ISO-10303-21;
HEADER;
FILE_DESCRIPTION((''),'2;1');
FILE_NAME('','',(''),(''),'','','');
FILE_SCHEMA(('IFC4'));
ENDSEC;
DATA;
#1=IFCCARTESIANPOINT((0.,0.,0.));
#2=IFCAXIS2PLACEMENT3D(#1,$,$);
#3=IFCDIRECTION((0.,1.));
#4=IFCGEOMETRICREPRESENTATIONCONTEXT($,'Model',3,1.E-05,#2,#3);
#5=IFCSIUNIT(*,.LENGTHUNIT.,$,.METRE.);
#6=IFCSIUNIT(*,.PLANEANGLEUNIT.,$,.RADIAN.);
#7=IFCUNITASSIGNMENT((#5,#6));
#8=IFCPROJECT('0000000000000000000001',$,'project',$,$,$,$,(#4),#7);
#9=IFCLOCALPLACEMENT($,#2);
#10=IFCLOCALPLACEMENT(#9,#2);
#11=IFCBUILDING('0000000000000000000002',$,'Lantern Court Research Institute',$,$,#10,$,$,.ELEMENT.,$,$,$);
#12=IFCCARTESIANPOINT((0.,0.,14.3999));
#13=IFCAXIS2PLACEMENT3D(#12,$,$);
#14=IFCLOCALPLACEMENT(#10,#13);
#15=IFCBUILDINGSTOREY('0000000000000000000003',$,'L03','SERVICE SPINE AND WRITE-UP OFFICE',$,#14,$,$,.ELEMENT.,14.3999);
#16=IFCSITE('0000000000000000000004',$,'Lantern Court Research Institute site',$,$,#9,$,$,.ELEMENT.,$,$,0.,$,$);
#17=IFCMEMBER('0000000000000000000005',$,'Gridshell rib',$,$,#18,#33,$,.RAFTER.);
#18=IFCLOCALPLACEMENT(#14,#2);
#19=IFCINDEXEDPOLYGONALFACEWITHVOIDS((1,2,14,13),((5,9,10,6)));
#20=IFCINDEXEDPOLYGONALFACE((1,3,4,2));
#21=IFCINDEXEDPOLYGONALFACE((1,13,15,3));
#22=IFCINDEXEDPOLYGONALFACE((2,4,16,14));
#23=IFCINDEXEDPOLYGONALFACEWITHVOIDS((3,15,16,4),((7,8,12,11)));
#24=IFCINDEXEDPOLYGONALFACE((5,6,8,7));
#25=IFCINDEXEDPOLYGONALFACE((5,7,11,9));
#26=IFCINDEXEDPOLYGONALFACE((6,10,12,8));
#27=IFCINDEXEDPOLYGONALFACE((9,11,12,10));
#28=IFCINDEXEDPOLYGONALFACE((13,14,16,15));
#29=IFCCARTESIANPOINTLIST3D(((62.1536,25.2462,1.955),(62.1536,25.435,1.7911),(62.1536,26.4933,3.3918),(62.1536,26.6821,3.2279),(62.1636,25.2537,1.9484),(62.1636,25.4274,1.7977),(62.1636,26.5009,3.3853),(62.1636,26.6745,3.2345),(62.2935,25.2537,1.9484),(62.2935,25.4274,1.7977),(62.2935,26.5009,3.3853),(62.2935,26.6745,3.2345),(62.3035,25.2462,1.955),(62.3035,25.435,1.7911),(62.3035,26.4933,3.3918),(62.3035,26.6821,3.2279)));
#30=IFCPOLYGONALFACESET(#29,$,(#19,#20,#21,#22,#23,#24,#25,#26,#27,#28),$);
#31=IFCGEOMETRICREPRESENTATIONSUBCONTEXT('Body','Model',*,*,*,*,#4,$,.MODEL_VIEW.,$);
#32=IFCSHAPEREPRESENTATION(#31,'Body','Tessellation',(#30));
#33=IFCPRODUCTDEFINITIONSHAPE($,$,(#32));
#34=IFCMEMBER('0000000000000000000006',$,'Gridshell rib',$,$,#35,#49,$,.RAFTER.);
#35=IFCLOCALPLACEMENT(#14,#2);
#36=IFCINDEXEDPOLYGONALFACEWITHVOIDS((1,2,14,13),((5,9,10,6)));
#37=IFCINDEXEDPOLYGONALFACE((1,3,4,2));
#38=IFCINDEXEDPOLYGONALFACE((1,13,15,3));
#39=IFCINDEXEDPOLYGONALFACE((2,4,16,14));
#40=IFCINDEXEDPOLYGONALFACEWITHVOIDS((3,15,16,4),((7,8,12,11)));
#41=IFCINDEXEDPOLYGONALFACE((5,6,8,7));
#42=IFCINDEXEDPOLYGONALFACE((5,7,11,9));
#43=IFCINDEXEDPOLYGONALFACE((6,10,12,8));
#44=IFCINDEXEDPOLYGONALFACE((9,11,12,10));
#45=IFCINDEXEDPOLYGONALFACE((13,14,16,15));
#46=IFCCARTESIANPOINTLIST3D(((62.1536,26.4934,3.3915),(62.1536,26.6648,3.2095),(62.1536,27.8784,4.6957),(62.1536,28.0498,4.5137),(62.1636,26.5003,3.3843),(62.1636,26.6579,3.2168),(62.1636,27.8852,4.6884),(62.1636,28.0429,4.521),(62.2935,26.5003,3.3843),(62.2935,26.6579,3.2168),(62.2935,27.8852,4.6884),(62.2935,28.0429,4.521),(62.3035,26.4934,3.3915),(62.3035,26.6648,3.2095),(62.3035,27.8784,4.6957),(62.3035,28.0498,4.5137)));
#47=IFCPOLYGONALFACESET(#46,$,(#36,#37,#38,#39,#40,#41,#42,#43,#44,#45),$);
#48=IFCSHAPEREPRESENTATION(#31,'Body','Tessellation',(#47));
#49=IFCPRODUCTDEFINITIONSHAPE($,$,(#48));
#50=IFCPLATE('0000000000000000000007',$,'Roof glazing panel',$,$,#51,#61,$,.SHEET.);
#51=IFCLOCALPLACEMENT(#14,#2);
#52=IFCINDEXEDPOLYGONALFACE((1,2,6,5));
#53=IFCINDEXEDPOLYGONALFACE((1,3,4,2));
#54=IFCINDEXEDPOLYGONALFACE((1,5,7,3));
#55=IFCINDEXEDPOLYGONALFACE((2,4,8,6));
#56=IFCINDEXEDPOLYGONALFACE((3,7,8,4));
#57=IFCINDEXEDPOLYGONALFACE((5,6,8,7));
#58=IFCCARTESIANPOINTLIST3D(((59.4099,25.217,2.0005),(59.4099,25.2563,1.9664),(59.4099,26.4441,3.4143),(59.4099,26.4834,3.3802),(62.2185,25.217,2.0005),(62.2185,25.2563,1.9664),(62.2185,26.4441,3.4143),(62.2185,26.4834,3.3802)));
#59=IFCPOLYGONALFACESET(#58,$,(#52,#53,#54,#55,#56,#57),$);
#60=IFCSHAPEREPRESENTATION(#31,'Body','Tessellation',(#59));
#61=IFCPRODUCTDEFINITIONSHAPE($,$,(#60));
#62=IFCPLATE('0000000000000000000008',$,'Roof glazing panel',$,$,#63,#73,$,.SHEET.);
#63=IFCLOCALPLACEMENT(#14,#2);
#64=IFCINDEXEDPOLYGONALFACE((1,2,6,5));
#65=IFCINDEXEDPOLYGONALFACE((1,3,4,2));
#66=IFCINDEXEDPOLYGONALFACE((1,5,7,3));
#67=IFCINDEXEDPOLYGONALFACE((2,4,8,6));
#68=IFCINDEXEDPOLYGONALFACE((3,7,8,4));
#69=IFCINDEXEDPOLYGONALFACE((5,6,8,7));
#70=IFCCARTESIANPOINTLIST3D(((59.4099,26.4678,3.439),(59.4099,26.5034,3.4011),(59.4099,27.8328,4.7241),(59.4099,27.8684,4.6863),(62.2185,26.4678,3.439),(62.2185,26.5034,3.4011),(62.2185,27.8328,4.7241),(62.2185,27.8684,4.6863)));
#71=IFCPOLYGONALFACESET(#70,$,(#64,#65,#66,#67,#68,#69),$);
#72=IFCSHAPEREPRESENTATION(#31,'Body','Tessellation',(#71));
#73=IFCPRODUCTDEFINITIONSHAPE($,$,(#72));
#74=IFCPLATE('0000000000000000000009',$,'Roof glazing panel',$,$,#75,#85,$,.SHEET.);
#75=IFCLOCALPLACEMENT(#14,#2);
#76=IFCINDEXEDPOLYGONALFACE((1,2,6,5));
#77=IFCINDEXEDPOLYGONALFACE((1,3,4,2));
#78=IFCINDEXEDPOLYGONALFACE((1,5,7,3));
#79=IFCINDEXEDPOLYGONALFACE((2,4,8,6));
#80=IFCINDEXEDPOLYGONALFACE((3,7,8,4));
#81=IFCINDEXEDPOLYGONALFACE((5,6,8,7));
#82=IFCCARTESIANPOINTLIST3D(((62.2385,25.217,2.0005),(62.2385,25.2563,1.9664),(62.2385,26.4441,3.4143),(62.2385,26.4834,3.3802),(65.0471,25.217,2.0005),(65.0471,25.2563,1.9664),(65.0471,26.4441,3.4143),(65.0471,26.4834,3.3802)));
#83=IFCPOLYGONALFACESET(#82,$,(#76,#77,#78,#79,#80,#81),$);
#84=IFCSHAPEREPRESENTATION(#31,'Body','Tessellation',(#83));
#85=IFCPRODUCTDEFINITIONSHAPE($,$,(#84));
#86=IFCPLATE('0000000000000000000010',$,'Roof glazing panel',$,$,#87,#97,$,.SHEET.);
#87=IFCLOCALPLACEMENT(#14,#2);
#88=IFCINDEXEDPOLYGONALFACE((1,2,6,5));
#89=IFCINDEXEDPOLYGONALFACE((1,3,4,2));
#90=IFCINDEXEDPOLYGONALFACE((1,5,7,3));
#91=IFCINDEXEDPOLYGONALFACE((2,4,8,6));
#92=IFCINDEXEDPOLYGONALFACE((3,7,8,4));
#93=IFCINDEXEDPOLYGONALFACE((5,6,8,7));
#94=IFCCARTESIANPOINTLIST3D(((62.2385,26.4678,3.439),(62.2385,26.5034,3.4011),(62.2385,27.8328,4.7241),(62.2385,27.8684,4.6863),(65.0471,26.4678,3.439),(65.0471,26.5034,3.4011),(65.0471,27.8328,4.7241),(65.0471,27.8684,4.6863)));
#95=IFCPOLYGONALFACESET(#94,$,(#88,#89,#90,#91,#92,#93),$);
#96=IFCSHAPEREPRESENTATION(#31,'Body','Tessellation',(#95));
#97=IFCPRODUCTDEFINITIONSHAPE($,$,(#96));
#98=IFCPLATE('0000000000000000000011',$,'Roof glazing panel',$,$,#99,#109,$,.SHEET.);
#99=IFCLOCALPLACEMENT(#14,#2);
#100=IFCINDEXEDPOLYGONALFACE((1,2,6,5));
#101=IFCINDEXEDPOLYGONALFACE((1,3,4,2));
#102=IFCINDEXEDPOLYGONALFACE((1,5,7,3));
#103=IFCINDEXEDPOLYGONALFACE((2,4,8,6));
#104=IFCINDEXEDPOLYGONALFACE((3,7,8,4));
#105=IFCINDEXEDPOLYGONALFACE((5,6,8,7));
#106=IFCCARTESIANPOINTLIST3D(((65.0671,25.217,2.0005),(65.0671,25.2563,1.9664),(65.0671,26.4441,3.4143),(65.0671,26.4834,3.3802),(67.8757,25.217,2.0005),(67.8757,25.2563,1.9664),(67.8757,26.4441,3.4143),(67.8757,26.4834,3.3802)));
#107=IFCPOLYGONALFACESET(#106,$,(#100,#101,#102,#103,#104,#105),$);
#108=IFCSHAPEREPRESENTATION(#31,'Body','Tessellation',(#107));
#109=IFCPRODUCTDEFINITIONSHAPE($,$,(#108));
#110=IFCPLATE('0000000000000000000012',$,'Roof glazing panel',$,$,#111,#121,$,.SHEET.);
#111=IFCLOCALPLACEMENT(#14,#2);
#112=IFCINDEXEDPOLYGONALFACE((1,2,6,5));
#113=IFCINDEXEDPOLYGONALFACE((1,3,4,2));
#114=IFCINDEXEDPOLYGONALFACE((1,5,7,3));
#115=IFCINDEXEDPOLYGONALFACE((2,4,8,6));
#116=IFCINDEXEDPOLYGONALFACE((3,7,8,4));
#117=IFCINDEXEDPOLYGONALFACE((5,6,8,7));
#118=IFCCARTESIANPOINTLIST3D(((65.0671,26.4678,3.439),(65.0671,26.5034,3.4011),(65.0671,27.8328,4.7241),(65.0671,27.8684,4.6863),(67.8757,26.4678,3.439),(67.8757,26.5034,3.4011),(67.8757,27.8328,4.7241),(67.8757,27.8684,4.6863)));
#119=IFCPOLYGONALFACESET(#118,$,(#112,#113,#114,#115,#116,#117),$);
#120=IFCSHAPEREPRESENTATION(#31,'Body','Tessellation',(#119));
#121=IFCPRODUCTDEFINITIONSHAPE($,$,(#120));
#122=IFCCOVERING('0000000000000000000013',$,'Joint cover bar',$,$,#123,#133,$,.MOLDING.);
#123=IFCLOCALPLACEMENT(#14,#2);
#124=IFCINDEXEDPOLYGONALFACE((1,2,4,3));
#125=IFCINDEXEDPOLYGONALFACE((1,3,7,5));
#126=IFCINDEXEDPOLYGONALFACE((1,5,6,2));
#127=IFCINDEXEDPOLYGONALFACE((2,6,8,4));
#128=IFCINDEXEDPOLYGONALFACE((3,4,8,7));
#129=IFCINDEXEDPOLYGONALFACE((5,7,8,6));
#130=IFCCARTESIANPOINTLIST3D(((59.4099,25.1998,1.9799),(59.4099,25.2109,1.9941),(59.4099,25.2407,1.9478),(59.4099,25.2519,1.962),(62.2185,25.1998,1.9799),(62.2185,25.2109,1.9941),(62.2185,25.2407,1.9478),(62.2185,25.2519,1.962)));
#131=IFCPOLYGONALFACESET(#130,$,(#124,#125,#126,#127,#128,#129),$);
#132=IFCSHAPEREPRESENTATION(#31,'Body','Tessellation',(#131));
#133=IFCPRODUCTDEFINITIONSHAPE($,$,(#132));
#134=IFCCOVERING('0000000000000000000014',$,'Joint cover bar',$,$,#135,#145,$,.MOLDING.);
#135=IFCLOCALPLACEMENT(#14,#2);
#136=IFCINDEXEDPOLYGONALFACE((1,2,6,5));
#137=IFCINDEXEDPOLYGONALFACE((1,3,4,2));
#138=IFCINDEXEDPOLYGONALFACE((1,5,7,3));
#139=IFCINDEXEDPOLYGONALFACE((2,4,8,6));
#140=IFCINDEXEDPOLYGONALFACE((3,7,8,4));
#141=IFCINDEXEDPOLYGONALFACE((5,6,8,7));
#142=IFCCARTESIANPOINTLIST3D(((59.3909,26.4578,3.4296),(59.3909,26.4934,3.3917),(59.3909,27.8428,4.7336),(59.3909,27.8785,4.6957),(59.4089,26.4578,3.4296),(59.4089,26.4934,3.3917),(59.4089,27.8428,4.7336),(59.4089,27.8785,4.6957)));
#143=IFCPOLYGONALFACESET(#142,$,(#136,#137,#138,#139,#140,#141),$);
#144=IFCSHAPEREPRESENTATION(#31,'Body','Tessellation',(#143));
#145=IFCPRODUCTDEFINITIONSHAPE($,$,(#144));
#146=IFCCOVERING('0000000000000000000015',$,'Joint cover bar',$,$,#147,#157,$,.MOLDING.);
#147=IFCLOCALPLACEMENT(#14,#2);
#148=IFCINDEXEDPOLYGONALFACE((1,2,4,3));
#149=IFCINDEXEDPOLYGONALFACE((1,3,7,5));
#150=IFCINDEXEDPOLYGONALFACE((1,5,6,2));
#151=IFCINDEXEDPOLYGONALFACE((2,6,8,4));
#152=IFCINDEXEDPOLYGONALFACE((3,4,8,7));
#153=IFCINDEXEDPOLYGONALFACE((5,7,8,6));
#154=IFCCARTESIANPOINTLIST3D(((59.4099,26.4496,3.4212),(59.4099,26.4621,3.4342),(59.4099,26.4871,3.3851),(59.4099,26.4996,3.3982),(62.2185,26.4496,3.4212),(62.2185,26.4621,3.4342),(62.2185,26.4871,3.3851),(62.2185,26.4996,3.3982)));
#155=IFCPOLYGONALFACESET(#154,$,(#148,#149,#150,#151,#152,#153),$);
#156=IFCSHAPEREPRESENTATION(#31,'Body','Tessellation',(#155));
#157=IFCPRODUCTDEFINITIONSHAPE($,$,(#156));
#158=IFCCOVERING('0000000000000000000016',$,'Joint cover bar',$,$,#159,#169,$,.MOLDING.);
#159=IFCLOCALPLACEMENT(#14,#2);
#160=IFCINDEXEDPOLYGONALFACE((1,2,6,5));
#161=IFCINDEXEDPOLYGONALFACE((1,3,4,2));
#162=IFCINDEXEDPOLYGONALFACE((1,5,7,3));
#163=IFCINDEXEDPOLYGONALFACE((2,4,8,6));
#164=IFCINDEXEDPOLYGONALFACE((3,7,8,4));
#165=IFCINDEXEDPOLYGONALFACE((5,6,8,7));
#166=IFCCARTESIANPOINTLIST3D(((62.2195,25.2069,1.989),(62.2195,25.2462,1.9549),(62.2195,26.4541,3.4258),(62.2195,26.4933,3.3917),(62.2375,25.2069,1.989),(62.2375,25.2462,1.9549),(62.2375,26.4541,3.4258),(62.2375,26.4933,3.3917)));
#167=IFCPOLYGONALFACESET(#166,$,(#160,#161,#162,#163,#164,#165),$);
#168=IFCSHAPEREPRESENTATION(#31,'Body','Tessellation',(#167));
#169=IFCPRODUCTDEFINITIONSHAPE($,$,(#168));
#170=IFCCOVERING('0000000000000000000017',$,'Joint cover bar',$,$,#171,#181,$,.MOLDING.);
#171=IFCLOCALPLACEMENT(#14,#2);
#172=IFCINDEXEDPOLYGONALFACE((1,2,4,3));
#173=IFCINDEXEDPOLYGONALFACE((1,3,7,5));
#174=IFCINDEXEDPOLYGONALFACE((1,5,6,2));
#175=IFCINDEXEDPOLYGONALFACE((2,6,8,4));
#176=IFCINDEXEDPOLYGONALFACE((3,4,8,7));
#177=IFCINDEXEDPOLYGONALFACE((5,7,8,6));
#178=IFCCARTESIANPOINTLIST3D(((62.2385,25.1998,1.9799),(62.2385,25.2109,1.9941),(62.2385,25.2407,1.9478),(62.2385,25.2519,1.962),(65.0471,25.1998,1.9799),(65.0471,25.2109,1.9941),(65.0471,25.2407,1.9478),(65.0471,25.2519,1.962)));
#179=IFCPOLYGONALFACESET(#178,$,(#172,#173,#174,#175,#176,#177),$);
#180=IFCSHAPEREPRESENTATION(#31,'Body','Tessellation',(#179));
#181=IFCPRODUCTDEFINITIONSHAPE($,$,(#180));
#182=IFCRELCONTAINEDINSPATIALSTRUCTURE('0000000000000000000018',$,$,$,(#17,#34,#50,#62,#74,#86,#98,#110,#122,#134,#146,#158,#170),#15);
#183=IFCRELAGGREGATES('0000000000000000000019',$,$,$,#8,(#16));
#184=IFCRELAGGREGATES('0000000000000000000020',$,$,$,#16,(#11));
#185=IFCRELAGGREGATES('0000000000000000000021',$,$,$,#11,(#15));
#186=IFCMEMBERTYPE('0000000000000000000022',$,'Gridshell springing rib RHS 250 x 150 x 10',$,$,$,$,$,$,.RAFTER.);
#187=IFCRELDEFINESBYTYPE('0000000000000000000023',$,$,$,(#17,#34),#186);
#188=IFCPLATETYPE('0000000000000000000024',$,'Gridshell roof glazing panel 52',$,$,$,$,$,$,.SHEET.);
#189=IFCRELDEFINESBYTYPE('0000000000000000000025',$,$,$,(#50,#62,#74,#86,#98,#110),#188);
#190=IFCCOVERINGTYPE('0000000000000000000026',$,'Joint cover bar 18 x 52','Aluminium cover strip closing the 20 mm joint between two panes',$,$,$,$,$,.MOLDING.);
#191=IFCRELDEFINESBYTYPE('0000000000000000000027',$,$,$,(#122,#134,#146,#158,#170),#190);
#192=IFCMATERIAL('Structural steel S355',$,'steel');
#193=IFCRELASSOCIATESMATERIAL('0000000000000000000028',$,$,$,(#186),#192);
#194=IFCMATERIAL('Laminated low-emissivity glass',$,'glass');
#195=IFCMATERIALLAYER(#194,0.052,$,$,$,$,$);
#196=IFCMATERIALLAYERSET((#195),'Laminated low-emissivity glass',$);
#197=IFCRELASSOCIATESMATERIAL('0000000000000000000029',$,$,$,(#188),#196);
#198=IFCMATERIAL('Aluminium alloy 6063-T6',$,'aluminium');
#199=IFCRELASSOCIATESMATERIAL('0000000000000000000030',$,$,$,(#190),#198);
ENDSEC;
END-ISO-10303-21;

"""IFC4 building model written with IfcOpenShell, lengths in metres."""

from ifc_helpers import new_model, si_unit, direction, frame, origin, origin_2d, place, context, subcontext, project, spatial, polyline, rectangle, hollow_rectangle, outline, extrude, material, layer, layer_set, material_profile, profile_set, type_object, element, save


model = new_model("IFC4")

# Units and contexts
model_context = context("Model", 3, precision=1e-05, world=origin(), true_north=direction((0.0, 1.0)))
body_context = subcontext(model_context, "Body", "Model", "MODEL_VIEW")
ifc_project = project(units=[si_unit("LENGTHUNIT", "METRE"), si_unit("PLANEANGLEUNIT", "RADIAN")], contexts=[model_context])

# Site, building, storey
site_placement = place(None, origin())
site = spatial("IfcSite", under=ifc_project, at=site_placement, Name="Lantern Court Research Institute site", CompositionType="ELEMENT", RefElevation=0.0)
building_placement = place(site_placement, origin())
building = spatial("IfcBuilding", under=site, at=building_placement, Name="Lantern Court Research Institute", CompositionType="ELEMENT")
storey_placement = place(building_placement, frame((0.0, 0.0, 14.3999)))
storey = spatial("IfcBuildingStorey", under=building, at=storey_placement, Name="L03", Description="SERVICE SPINE AND WRITE-UP OFFICE", CompositionType="ELEMENT", Elevation=14.3999)

# Members
ifc_material_1 = material(Name="Structural steel S355", Category="steel")
ifc_material_profile_1 = material_profile(ifc_material_1, hollow_rectangle(XDim=0.1499, YDim=0.25, WallThickness=0.01, at=origin_2d()), Name="Gridshell springing rib RHS 250 x 150 x 10")
ifc_profile_set_1 = profile_set([ifc_material_profile_1], Name="Structural steel S355")
member_type_1 = type_object("IfcMemberType", Name="Gridshell springing rib RHS 250 x 150 x 10", PredefinedType="RAFTER", material=ifc_profile_set_1)
member_1_placement = place(storey_placement, frame((62.2285, 25.3406, 1.873), z_axis=(0.0, 0.655492, 0.755202), x_axis=(-1.0, 0.0, 0.0)))
element("IfcMember", 1, at=member_1_placement, inside=storey, type_object=member_type_1, Name="Gridshell rib", PredefinedType="RAFTER", context=body_context, shape_type="SweptSolid", body=[
    extrude(hollow_rectangle(XDim=0.1499, YDim=0.25, WallThickness=0.01, at=origin_2d()), origin(), (0.0, 0.0, 1.0), 1.9026),
])
member_2_placement = place(storey_placement, frame((62.2285, 26.5791, 3.3005), z_axis=(0.0, 0.728027, 0.685549), x_axis=(-1.0, 0.0, 0.0)))
element("IfcMember", 2, at=member_2_placement, inside=storey, type_object=member_type_1, Name="Gridshell rib", PredefinedType="RAFTER", context=body_context, shape_type="SweptSolid", body=[
    extrude(hollow_rectangle(XDim=0.1499, YDim=0.25, WallThickness=0.01, at=origin_2d()), origin(), (0.0, 0.0, 1.0), 1.9023),
])

# Plates
ifc_material_2 = material(Name="Laminated low-emissivity glass", Category="glass")
ifc_layer = layer(ifc_material_2, 0.052)
ifc_layer_set = layer_set([ifc_layer], Name="Laminated low-emissivity glass")
plate_type = type_object("IfcPlateType", Name="Gridshell roof glazing panel 52", PredefinedType="SHEET", material=ifc_layer_set)
plate_1_placement = place(storey_placement, frame((62.2185, 25.217, 2.0005), z_axis=(0.0, -0.755228, 0.655462), x_axis=(-1.0, 0.0, 0.0)))
element("IfcPlate", 3, at=plate_1_placement, inside=storey, type_object=plate_type, Name="Roof glazing panel", PredefinedType="SHEET", context=body_context, shape_type="SweptSolid", body=[
    extrude(outline(polyline([(0.0, 0.0), (2.8086, 0.0), (2.8086, -1.872), (0.0, -1.872), (0.0, 0.0)])), origin(), (0.0, 0.0, -1.0), 0.052),
])
plate_2_placement = place(storey_placement, frame((62.2185, 26.4678, 3.439), z_axis=(0.0, -0.685495, 0.728078), x_axis=(-1.0, 0.0, 0.0)))
element("IfcPlate", 4, at=plate_2_placement, inside=storey, type_object=plate_type, Name="Roof glazing panel", PredefinedType="SHEET", context=body_context, shape_type="SweptSolid", body=[
    extrude(outline(polyline([(0.0, 0.0), (2.8086, 0.0), (2.8086, -1.8748), (0.0, -1.8748), (0.0, 0.0)])), origin(), (0.0, 0.0, -1.0), 0.052),
])
plate_3_placement = place(storey_placement, frame((65.0471, 25.217, 2.0005), z_axis=(0.0, -0.755228, 0.655462), x_axis=(-1.0, 0.0, 0.0)))
element("IfcPlate", 5, at=plate_3_placement, inside=storey, type_object=plate_type, Name="Roof glazing panel", PredefinedType="SHEET", context=body_context, shape_type="SweptSolid", body=[
    extrude(outline(polyline([(0.0, 0.0), (2.8086, 0.0), (2.8086, -1.872), (0.0, -1.872), (0.0, 0.0)])), origin(), (0.0, 0.0, -1.0), 0.052),
])
plate_4_placement = place(storey_placement, frame((65.0471, 26.4678, 3.439), z_axis=(0.0, -0.685495, 0.728078), x_axis=(-1.0, 0.0, 0.0)))
element("IfcPlate", 6, at=plate_4_placement, inside=storey, type_object=plate_type, Name="Roof glazing panel", PredefinedType="SHEET", context=body_context, shape_type="SweptSolid", body=[
    extrude(outline(polyline([(0.0, 0.0), (2.8086, 0.0), (2.8086, -1.8748), (0.0, -1.8748), (0.0, 0.0)])), origin(), (0.0, 0.0, -1.0), 0.052),
])
plate_5_placement = place(storey_placement, frame((67.8757, 25.217, 2.0005), z_axis=(0.0, -0.755228, 0.655462), x_axis=(-1.0, 0.0, 0.0)))
element("IfcPlate", 7, at=plate_5_placement, inside=storey, type_object=plate_type, Name="Roof glazing panel", PredefinedType="SHEET", context=body_context, shape_type="SweptSolid", body=[
    extrude(outline(polyline([(0.0, 0.0), (2.8086, 0.0), (2.8086, -1.872), (0.0, -1.872), (0.0, 0.0)])), origin(), (0.0, 0.0, -1.0), 0.052),
])
plate_6_placement = place(storey_placement, frame((67.8757, 26.4678, 3.439), z_axis=(0.0, -0.685495, 0.728078), x_axis=(-1.0, 0.0, 0.0)))
element("IfcPlate", 8, at=plate_6_placement, inside=storey, type_object=plate_type, Name="Roof glazing panel", PredefinedType="SHEET", context=body_context, shape_type="SweptSolid", body=[
    extrude(outline(polyline([(0.0, 0.0), (2.8086, 0.0), (2.8086, -1.8748), (0.0, -1.8748), (0.0, 0.0)])), origin(), (0.0, 0.0, -1.0), 0.052),
])

# Coverings
ifc_material_3 = material(Name="Aluminium alloy 6063-T6", Category="aluminium")
ifc_material_profile_2 = material_profile(ifc_material_3, rectangle(XDim=0.0181, YDim=0.052, at=origin_2d()), Name="Joint cover bar 18 x 52")
ifc_profile_set_2 = profile_set([ifc_material_profile_2], Name="Aluminium alloy 6063-T6")
covering_type = type_object("IfcCoveringType", Name="Joint cover bar 18 x 52", Description="Aluminium cover strip closing the 20 mm joint between two panes", PredefinedType="MOLDING", material=ifc_profile_set_2)
covering_1_placement = place(storey_placement, frame((59.4099, 25.2258, 1.9709), z_axis=(1.0, 0.0, 0.0), x_axis=(0.0, 0.616657, 0.787232)))
element("IfcCovering", 9, at=covering_1_placement, inside=storey, type_object=covering_type, Name="Joint cover bar", PredefinedType="MOLDING", context=body_context, shape_type="SweptSolid", body=[
    extrude(rectangle(XDim=0.0181, YDim=0.052, at=origin_2d()), origin(), (0.0, 0.0, 1.0), 2.8086),
])
covering_2_placement = place(storey_placement, frame((59.3999, 26.4756, 3.4106), z_axis=(0.0, 0.728091, 0.685481), x_axis=(-1.0, 0.0, 0.0)))
element("IfcCovering", 10, at=covering_2_placement, inside=storey, type_object=covering_type, Name="Joint cover bar", PredefinedType="MOLDING", context=body_context, shape_type="SweptSolid", body=[
    extrude(rectangle(XDim=0.0181, YDim=0.052, at=origin_2d()), origin(), (0.0, 0.0, 1.0), 1.9023),
])
covering_3_placement = place(storey_placement, frame((59.4099, 26.4746, 3.4097), z_axis=(1.0, 0.0, 0.0), x_axis=(0.0, 0.692674, 0.721251)))
element("IfcCovering", 11, at=covering_3_placement, inside=storey, type_object=covering_type, Name="Joint cover bar", PredefinedType="MOLDING", context=body_context, shape_type="SweptSolid", body=[
    extrude(rectangle(XDim=0.0181, YDim=0.052, at=origin_2d()), origin(), (0.0, 0.0, 1.0), 2.8086),
])
covering_4_placement = place(storey_placement, frame((62.2285, 25.2266, 1.9719), z_axis=(0.0, 0.655492, 0.755202), x_axis=(-1.0, 0.0, 0.0)))
element("IfcCovering", 12, at=covering_4_placement, inside=storey, type_object=covering_type, Name="Joint cover bar", PredefinedType="MOLDING", context=body_context, shape_type="SweptSolid", body=[
    extrude(rectangle(XDim=0.0181, YDim=0.052, at=origin_2d()), origin(), (0.0, 0.0, 1.0), 1.9026),
])
covering_5_placement = place(storey_placement, frame((62.2385, 25.2258, 1.9709), z_axis=(1.0, 0.0, 0.0), x_axis=(0.0, 0.616657, 0.787232)))
element("IfcCovering", 13, at=covering_5_placement, inside=storey, type_object=covering_type, Name="Joint cover bar", PredefinedType="MOLDING", context=body_context, shape_type="SweptSolid", body=[
    extrude(rectangle(XDim=0.0181, YDim=0.052, at=origin_2d()), origin(), (0.0, 0.0, 1.0), 2.8086),
])

save(model, "model.ifc")
